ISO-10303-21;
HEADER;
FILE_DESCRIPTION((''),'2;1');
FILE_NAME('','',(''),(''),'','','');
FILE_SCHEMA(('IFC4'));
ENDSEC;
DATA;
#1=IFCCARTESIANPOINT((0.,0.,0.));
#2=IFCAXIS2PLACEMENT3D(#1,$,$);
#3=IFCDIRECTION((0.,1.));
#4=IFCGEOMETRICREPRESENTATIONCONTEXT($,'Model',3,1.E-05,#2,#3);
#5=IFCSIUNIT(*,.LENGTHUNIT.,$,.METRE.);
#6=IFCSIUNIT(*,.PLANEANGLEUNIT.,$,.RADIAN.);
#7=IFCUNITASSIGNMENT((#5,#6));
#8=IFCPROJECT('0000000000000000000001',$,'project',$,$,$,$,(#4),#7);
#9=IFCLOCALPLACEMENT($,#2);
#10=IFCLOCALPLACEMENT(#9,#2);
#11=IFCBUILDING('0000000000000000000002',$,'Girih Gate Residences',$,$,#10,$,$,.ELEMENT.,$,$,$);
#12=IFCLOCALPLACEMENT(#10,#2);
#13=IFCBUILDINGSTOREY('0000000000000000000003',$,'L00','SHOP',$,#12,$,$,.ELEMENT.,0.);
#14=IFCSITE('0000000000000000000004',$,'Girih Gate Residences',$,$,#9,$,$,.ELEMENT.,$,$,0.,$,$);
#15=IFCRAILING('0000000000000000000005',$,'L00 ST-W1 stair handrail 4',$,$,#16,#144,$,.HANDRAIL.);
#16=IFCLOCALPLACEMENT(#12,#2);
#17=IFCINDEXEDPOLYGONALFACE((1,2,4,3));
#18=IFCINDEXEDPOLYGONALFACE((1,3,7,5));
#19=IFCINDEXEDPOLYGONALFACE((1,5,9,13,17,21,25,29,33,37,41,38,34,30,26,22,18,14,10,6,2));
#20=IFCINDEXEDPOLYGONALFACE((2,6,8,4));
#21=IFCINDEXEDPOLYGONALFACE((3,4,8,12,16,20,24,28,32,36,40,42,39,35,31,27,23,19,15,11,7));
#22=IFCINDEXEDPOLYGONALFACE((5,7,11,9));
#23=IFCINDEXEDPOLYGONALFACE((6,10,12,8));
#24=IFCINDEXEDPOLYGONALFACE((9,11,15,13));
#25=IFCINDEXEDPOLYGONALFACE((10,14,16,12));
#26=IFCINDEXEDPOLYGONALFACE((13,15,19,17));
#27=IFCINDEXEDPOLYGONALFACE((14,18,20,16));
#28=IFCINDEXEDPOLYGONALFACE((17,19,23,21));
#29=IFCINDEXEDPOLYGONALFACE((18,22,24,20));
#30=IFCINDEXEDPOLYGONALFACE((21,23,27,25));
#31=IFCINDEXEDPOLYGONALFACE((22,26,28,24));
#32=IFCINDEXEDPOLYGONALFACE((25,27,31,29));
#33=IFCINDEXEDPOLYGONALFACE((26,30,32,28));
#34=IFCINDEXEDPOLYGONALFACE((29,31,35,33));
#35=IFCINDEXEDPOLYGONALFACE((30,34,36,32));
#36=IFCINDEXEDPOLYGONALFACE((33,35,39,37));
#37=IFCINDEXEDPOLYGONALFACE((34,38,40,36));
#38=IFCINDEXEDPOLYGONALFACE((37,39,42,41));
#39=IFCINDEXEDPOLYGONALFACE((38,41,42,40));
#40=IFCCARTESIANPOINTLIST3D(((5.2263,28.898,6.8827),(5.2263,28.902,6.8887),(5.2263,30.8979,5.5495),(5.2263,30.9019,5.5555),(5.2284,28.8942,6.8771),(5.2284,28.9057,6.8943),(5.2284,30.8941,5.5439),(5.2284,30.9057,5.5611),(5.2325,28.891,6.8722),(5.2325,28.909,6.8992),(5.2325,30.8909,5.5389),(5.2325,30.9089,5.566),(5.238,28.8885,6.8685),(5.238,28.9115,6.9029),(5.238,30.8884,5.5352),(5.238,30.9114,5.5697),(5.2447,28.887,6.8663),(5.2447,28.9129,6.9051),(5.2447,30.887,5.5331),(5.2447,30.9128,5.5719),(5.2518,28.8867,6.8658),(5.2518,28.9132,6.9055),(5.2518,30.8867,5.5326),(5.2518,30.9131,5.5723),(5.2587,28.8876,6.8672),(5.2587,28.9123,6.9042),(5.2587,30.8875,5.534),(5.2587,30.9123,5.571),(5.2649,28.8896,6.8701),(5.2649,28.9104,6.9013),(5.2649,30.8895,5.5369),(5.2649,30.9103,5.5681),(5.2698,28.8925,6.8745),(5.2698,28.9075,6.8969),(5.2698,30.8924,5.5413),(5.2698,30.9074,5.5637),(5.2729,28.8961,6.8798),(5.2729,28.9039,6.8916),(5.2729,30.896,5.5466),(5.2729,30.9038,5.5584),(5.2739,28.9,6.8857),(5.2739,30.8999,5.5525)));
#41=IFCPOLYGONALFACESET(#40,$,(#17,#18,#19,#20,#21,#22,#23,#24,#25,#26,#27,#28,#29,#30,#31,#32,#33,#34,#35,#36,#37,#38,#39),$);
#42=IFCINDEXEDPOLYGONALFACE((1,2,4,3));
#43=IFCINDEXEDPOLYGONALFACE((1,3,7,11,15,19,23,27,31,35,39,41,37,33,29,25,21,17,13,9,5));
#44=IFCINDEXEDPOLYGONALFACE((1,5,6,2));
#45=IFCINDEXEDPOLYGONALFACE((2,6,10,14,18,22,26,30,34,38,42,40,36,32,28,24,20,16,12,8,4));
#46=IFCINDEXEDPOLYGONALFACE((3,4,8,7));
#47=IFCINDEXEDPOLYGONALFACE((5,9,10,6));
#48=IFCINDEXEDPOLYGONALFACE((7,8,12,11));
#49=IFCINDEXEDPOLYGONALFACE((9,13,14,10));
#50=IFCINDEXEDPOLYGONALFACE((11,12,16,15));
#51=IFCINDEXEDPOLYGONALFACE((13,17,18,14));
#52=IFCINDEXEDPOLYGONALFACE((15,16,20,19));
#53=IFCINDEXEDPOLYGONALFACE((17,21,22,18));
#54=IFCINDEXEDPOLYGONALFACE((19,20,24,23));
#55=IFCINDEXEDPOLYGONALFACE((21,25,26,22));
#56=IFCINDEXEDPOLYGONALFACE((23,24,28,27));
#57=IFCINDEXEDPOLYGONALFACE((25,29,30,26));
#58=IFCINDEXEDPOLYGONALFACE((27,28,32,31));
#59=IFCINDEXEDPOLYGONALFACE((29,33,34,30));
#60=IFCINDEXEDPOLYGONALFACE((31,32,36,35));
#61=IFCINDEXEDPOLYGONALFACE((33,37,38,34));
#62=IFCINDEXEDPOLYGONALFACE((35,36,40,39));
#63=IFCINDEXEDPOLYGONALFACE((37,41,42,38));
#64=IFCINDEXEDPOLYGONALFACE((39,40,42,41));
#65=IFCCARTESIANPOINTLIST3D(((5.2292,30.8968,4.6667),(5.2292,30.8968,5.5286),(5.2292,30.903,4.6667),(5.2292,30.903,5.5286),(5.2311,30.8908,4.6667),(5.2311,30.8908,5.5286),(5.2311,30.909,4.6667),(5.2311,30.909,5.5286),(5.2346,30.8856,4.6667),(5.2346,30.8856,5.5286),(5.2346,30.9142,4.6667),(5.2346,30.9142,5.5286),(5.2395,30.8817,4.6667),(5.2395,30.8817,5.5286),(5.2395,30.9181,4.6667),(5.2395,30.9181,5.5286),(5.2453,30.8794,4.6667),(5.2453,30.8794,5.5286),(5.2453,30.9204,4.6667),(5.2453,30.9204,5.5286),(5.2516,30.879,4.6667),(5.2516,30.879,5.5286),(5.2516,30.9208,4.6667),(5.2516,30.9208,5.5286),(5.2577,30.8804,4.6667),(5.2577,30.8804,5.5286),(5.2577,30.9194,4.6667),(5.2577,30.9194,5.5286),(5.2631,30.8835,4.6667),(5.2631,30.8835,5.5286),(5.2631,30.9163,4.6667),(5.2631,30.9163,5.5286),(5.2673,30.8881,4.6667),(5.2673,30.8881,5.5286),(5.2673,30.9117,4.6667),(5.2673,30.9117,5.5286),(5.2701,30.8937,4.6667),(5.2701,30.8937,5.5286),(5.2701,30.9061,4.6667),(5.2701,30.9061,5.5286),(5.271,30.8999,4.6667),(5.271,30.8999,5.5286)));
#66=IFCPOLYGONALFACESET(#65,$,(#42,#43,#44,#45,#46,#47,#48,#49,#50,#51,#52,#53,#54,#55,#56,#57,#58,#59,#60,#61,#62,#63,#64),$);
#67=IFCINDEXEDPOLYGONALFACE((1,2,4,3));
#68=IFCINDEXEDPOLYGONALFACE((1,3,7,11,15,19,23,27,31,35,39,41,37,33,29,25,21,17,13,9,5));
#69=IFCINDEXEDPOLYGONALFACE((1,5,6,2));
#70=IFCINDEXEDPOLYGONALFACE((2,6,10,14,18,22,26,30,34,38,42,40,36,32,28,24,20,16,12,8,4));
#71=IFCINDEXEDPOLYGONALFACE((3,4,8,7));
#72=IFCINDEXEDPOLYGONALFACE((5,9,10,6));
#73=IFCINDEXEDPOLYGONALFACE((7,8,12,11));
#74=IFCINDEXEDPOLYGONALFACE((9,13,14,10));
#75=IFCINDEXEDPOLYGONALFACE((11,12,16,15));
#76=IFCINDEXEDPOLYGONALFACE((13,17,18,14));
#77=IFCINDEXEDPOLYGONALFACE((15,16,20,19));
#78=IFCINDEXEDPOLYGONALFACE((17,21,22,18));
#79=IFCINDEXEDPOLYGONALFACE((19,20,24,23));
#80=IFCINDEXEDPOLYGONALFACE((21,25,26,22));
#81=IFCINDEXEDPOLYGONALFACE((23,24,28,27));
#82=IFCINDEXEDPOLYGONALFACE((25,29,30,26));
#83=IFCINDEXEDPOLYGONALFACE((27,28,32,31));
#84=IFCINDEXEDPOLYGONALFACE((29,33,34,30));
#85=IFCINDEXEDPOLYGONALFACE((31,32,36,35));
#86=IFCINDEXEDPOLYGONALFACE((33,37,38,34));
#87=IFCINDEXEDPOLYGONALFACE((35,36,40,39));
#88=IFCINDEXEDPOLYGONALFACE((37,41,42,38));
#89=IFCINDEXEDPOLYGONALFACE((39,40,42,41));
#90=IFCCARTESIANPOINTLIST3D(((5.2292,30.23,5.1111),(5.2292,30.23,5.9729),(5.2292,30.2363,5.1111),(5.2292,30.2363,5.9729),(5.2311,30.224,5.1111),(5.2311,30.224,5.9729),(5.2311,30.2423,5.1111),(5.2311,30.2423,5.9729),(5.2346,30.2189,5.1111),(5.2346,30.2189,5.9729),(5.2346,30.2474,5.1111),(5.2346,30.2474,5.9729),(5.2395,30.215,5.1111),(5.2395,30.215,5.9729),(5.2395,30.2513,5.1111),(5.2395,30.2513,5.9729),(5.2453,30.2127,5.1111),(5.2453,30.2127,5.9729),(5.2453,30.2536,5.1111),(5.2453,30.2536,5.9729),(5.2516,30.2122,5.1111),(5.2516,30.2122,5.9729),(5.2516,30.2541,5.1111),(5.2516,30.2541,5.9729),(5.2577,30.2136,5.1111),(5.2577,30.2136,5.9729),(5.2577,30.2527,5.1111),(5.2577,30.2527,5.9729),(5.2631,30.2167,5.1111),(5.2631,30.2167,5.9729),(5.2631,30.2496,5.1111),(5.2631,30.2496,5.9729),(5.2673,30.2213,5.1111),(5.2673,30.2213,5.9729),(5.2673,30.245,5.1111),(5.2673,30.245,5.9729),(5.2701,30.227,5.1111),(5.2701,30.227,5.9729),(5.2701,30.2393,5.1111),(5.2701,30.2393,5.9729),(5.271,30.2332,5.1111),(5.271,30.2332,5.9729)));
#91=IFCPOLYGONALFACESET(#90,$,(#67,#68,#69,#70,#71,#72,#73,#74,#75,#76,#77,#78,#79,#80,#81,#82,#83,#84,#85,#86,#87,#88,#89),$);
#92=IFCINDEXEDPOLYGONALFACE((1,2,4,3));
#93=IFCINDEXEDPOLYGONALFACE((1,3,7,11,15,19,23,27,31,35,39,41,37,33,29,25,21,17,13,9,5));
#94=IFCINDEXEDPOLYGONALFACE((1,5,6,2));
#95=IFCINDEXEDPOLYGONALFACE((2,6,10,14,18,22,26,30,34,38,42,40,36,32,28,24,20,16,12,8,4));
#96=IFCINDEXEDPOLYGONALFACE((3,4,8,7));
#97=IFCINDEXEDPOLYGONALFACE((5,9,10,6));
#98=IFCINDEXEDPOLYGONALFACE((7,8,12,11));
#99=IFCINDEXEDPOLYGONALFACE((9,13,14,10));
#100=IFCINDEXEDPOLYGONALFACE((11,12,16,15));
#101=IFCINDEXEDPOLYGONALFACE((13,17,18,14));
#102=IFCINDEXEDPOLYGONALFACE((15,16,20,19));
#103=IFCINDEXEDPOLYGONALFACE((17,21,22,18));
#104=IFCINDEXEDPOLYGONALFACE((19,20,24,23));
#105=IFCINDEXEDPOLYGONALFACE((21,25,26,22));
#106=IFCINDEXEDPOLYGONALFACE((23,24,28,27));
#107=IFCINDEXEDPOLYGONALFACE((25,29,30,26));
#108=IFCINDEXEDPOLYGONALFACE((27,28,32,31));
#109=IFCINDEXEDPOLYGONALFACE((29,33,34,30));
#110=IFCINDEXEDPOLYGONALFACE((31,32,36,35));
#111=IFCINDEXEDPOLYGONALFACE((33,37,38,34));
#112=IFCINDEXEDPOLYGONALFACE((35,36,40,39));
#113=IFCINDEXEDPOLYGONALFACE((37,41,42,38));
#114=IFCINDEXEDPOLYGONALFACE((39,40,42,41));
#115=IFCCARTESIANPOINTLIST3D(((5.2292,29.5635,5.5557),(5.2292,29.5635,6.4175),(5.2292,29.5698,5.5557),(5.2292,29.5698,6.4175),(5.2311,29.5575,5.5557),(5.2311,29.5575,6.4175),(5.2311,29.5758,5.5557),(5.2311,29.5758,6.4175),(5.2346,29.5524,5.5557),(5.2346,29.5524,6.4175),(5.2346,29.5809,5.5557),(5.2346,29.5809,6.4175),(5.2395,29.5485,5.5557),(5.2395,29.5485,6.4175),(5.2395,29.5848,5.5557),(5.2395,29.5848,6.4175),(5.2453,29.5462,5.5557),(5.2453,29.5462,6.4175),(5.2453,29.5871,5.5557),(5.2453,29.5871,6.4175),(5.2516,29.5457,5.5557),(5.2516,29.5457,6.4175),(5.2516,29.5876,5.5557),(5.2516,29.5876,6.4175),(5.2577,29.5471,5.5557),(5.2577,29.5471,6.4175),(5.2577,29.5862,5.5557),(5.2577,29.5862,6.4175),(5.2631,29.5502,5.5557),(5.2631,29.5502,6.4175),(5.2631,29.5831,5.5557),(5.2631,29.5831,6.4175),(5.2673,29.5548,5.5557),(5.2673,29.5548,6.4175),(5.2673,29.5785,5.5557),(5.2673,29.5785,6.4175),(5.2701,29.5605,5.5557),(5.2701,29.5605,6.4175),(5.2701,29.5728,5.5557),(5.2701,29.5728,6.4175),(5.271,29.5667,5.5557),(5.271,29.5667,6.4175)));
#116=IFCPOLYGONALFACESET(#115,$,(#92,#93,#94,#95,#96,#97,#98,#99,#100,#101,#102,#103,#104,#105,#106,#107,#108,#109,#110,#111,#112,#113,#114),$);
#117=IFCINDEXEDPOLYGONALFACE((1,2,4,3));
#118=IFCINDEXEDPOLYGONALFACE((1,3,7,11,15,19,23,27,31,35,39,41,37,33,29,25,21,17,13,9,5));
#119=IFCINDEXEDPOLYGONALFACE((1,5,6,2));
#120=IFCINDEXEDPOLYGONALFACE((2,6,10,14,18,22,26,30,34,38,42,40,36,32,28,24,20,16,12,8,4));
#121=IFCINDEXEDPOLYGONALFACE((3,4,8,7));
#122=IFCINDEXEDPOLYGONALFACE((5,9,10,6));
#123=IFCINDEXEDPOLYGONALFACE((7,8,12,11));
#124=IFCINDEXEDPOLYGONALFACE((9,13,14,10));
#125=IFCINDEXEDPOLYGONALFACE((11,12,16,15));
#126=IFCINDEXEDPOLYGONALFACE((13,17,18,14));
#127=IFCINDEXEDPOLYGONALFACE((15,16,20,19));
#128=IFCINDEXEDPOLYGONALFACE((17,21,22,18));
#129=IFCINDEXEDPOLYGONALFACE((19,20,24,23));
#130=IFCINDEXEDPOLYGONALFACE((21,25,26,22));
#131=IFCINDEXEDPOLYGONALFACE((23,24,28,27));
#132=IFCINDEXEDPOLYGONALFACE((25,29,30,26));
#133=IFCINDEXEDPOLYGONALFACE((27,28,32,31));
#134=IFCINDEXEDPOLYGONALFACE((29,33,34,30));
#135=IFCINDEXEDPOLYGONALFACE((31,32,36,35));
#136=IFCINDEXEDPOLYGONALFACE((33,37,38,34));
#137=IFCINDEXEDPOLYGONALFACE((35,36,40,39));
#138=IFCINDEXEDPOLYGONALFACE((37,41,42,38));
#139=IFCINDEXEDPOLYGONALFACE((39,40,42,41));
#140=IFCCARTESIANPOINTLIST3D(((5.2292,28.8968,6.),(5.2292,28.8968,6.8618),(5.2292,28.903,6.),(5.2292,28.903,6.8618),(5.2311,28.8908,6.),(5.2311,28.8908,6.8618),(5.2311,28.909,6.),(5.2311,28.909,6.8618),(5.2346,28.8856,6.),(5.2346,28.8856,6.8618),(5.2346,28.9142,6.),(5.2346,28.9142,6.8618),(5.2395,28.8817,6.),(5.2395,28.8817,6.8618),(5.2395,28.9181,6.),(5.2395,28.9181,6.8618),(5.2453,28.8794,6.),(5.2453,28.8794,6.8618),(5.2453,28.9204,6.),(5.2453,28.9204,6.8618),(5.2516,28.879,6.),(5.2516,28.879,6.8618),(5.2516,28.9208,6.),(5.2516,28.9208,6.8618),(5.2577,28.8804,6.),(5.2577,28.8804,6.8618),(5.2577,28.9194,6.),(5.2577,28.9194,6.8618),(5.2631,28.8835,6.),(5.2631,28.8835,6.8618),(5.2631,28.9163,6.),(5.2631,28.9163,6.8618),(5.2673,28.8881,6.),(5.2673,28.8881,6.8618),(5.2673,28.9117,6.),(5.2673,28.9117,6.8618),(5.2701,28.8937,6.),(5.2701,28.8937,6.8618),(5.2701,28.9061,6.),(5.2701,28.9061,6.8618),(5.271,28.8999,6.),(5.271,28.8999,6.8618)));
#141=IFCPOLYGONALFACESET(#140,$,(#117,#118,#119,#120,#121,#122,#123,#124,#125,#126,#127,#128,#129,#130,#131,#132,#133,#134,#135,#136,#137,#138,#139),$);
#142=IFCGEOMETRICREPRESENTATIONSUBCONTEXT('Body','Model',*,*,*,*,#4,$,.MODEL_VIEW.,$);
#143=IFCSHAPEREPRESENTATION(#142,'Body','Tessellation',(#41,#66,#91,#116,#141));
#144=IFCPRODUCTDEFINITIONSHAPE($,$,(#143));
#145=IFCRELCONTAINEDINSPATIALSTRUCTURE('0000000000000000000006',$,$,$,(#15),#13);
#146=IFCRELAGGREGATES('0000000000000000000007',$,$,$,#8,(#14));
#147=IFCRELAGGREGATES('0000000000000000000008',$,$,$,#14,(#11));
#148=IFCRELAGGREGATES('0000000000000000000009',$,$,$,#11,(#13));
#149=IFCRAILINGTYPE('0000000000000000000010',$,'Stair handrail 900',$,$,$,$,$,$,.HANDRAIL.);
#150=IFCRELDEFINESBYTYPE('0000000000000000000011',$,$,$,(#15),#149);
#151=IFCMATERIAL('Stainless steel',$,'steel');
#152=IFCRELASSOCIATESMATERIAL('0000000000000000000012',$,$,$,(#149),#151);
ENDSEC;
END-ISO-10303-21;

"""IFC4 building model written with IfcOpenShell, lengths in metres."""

from ifc_helpers import new_model, si_unit, direction, frame, origin, origin_2d, place, context, subcontext, project, spatial, circle, extrude, material, type_object, element, save


model = new_model("IFC4")

# Units and contexts
model_context = context("Model", 3, precision=1e-05, world=origin(), true_north=direction((0.0, 1.0)))
body_context = subcontext(model_context, "Body", "Model", "MODEL_VIEW")
ifc_project = project(units=[si_unit("LENGTHUNIT", "METRE"), si_unit("PLANEANGLEUNIT", "RADIAN")], contexts=[model_context])

# Site, building, storey
site_placement = place(None, origin())
site = spatial("IfcSite", under=ifc_project, at=site_placement, Name="Girih Gate Residences", CompositionType="ELEMENT", RefElevation=0.0)
building_placement = place(site_placement, origin())
building = spatial("IfcBuilding", under=site, at=building_placement, Name="Girih Gate Residences", CompositionType="ELEMENT")
storey_placement = place(building_placement, origin())
storey = spatial("IfcBuildingStorey", under=building, at=storey_placement, Name="L00", Description="SHOP", CompositionType="ELEMENT", Elevation=0.0)

# Railing
ifc_material_1 = material(Name="Stainless steel", Category="steel")
railing_type_1 = type_object("IfcRailingType", Name="Stair handrail 900", PredefinedType="HANDRAIL", material=ifc_material_1)
for number, where, name in (
    (1, (5.25, 30.8999, 4.6667), "L00 ST-W1 stair handrail 4"),
):
    element("IfcRailing", number, at=place(storey_placement, frame(where)), inside=storey, type_object=railing_type_1, Name=name, PredefinedType="HANDRAIL", context=body_context, shape_type="SweptSolid", body=[
        extrude(circle(Radius=0.0239, at=origin_2d()), frame((0.0, 0.0, 0.8857), z_axis=(0.0, -0.832066, 0.554677), x_axis=(1.0, 0.0, 0.0)), (0.0, 0.0, 1.0), 2.4036),
        extrude(circle(Radius=0.021, at=origin_2d()), origin(), (0.0, 0.0, 1.0), 0.8618),
        extrude(circle(Radius=0.021, at=origin_2d()), frame((0.0, -0.6667, 0.4443)), (0.0, 0.0, 1.0), 0.8618),
        extrude(circle(Radius=0.021, at=origin_2d()), frame((0.0, -1.3333, 0.8889)), (0.0, 0.0, 1.0), 0.8618),
        extrude(circle(Radius=0.021, at=origin_2d()), frame((0.0, -2.0, 1.3333)), (0.0, 0.0, 1.0), 0.8618),
    ])

save(model, "model.ifc")
